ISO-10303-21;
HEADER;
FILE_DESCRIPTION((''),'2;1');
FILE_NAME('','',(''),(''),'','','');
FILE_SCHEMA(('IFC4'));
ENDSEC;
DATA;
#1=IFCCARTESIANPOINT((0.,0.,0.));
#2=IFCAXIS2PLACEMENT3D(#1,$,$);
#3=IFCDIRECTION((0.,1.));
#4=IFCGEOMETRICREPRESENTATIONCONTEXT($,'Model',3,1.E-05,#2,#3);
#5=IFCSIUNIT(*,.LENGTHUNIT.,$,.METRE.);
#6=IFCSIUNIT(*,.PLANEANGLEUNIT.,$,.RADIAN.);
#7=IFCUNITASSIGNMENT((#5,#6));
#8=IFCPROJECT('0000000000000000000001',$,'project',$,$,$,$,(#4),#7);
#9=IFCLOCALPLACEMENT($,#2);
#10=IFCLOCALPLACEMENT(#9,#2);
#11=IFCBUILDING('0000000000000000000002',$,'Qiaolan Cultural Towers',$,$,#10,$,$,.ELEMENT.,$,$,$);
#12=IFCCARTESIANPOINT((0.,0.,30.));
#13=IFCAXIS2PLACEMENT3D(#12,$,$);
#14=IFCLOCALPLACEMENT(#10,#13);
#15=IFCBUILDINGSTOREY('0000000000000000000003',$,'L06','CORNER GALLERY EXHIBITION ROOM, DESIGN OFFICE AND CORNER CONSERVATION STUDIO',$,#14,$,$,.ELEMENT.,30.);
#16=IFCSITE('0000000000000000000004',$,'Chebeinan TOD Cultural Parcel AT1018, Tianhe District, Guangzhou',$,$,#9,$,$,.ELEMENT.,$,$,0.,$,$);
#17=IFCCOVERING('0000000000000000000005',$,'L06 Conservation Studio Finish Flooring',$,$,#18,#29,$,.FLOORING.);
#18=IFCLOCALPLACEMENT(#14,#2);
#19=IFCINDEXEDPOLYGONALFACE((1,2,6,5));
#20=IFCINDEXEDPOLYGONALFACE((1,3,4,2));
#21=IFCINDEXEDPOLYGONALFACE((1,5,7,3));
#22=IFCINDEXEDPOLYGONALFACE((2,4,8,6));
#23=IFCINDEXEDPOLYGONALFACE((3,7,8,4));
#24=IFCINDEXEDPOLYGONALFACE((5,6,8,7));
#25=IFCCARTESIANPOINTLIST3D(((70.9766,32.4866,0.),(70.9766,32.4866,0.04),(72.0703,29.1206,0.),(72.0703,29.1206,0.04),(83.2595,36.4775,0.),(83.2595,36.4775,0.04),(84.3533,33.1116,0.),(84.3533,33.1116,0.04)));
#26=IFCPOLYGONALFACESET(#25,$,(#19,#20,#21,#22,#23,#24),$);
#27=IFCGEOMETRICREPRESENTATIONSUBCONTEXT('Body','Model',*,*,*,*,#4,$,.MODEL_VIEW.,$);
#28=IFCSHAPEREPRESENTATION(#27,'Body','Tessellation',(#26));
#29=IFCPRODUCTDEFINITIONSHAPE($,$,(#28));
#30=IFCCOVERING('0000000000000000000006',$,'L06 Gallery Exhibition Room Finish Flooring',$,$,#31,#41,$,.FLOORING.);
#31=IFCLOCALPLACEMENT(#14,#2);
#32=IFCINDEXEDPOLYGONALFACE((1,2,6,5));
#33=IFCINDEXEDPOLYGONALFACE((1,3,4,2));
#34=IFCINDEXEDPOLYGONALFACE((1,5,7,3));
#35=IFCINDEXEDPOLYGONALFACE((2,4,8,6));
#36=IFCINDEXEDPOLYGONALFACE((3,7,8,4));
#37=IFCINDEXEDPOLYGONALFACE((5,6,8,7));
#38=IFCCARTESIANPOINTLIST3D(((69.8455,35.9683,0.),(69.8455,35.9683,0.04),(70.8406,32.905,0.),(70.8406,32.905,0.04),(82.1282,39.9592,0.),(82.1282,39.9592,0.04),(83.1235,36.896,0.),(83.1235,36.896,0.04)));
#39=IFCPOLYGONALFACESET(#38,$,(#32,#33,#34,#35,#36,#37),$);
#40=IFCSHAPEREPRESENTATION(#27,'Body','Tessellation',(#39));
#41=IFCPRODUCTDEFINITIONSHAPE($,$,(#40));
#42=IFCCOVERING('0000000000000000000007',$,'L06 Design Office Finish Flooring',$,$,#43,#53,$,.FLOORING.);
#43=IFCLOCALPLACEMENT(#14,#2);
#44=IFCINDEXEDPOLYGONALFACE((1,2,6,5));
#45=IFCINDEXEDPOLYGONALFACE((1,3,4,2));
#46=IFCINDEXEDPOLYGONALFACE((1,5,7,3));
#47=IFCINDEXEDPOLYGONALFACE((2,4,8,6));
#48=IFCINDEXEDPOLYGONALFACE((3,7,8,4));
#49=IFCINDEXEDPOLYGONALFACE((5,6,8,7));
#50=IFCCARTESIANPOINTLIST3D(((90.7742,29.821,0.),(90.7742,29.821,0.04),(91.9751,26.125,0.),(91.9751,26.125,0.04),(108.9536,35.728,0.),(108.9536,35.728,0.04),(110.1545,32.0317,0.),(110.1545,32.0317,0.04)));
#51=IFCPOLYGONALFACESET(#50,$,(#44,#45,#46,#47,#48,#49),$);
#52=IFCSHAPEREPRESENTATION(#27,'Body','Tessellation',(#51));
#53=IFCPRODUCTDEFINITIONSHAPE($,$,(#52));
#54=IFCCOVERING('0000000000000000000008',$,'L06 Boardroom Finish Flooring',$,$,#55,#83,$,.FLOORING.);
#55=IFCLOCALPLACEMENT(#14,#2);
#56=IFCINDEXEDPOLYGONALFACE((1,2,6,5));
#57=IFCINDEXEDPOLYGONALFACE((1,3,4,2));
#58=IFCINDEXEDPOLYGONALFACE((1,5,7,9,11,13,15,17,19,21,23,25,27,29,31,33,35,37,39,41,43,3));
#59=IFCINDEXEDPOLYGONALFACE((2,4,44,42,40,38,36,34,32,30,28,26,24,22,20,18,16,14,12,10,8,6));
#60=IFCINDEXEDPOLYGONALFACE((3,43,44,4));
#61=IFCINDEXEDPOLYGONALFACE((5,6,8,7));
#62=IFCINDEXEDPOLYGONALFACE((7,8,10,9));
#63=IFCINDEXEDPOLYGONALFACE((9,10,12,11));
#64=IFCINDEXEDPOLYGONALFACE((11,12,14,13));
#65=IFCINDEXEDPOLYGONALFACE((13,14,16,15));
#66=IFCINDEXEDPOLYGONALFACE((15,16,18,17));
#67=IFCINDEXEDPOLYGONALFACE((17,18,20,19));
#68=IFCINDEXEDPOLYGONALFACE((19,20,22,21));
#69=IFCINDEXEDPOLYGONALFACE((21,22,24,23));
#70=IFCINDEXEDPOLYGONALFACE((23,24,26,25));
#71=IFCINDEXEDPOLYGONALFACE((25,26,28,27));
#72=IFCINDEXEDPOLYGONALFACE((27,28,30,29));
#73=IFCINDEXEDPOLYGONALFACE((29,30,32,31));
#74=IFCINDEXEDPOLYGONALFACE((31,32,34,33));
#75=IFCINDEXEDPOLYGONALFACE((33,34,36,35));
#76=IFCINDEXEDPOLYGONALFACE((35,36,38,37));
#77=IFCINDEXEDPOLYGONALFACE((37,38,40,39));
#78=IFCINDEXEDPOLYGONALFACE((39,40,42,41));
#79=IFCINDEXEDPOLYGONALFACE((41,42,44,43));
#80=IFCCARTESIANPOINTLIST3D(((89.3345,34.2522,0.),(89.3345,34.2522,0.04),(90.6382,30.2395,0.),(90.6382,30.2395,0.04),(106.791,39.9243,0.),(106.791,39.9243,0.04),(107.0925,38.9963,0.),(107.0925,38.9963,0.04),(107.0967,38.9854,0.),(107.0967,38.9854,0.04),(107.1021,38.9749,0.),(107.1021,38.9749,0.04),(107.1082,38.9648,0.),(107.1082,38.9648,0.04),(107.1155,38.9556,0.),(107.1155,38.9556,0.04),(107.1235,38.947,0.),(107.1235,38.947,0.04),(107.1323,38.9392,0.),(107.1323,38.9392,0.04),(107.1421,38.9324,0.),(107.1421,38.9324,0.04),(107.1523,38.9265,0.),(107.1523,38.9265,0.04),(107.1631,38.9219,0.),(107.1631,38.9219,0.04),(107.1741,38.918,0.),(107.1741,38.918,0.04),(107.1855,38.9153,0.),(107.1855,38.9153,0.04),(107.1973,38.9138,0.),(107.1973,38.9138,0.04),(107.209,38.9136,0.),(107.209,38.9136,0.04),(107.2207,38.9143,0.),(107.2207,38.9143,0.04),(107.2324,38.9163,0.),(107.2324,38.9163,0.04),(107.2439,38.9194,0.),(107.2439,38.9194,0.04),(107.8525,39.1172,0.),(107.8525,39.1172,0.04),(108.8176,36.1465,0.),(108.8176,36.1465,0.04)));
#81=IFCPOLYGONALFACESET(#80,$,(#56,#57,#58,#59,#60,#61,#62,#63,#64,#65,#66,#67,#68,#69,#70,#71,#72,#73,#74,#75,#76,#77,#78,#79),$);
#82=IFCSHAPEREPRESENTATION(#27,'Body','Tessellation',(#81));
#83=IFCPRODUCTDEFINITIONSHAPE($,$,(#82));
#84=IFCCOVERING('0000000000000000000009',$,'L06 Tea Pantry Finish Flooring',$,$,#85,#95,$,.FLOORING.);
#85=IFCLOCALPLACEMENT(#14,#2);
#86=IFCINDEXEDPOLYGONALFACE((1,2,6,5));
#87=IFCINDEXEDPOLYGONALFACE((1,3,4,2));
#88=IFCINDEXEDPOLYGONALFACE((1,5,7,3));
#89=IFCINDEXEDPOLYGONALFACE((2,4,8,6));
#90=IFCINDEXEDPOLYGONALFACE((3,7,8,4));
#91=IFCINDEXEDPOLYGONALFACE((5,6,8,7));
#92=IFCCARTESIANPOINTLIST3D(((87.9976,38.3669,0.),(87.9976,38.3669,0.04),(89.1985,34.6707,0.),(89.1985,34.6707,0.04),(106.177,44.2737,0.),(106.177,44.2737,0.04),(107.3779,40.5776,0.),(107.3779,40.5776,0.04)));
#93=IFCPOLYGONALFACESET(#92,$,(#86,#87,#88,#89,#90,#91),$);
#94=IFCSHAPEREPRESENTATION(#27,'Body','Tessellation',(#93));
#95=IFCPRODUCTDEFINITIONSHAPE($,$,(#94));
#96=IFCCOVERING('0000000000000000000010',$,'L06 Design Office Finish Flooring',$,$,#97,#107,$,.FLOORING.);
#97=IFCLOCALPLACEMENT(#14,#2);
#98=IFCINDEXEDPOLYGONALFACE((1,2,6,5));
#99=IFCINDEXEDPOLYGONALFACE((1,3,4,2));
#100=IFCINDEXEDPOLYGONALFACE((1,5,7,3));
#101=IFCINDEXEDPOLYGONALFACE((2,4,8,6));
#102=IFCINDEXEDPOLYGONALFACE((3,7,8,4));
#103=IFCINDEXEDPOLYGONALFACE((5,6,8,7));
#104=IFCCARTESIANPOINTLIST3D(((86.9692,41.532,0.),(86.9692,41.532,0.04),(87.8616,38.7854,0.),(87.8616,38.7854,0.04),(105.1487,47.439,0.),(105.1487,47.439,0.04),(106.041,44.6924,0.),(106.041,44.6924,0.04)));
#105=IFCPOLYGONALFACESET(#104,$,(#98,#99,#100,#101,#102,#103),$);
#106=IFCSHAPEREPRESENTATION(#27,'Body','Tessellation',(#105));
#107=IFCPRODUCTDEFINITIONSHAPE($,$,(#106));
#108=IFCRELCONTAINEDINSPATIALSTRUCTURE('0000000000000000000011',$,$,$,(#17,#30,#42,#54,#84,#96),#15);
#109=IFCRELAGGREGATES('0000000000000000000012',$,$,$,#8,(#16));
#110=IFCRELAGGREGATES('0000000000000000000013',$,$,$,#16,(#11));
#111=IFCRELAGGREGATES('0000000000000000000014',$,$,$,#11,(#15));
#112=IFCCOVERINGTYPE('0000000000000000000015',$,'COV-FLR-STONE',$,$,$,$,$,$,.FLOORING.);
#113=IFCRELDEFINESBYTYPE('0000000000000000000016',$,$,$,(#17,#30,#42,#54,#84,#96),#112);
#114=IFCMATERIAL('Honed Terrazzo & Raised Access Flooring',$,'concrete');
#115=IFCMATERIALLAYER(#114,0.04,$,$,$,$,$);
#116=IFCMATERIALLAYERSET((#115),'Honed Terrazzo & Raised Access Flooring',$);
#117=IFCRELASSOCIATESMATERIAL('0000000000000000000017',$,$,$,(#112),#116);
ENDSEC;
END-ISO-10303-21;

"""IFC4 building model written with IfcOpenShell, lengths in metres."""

from ifc_helpers import new_model, si_unit, direction, frame, origin, place, context, subcontext, project, spatial, polyline, outline, extrude, material, layer, layer_set, type_object, element, save


model = new_model("IFC4")

# Units and contexts
model_context = context("Model", 3, precision=1e-05, world=origin(), true_north=direction((0.0, 1.0)))
body_context = subcontext(model_context, "Body", "Model", "MODEL_VIEW")
ifc_project = project(units=[si_unit("LENGTHUNIT", "METRE"), si_unit("PLANEANGLEUNIT", "RADIAN")], contexts=[model_context])

# Site, building, storey
site_placement = place(None, origin())
site = spatial("IfcSite", under=ifc_project, at=site_placement, Name="Chebeinan TOD Cultural Parcel AT1018, Tianhe District, Guangzhou", CompositionType="ELEMENT", RefElevation=0.0)
building_placement = place(site_placement, origin())
building = spatial("IfcBuilding", under=site, at=building_placement, Name="Qiaolan Cultural Towers", CompositionType="ELEMENT")
storey_placement = place(building_placement, frame((0.0, 0.0, 30.0)))
storey = spatial("IfcBuildingStorey", under=building, at=storey_placement, Name="L06", Description="CORNER GALLERY EXHIBITION ROOM, DESIGN OFFICE AND CORNER CONSERVATION STUDIO", CompositionType="ELEMENT", Elevation=30.0)

# Coverings
ifc_material_1 = material(Name="Honed Terrazzo & Raised Access Flooring", Category="concrete")
ifc_layer_1 = layer(ifc_material_1, 0.04)
ifc_layer_set_1 = layer_set([ifc_layer_1], Name="Honed Terrazzo & Raised Access Flooring")
covering_type = type_object("IfcCoveringType", Name="COV-FLR-STONE", PredefinedType="FLOORING", material=ifc_layer_set_1)
covering_1_placement = place(storey_placement, origin())
element("IfcCovering", 1, at=covering_1_placement, inside=storey, type_object=covering_type, Name="L06 Conservation Studio Finish Flooring", PredefinedType="FLOORING", context=body_context, shape_type="SweptSolid", body=[
    extrude(outline(polyline([(84.3533, 33.1116), (83.2595, 36.4775), (70.9766, 32.4866), (72.0703, 29.1206), (84.3533, 33.1116)])), origin(), (0.0, 0.0, 1.0), 0.04),
])
covering_2_placement = place(storey_placement, origin())
element("IfcCovering", 2, at=covering_2_placement, inside=storey, type_object=covering_type, Name="L06 Gallery Exhibition Room Finish Flooring", PredefinedType="FLOORING", context=body_context, shape_type="SweptSolid", body=[
    extrude(outline(polyline([(83.1235, 36.896), (82.1282, 39.9592), (69.8455, 35.9683), (70.8406, 32.905), (83.1235, 36.896)])), origin(), (0.0, 0.0, 1.0), 0.04),
])
covering_3_placement = place(storey_placement, origin())
element("IfcCovering", 3, at=covering_3_placement, inside=storey, type_object=covering_type, Name="L06 Design Office Finish Flooring", PredefinedType="FLOORING", context=body_context, shape_type="SweptSolid", body=[
    extrude(outline(polyline([(110.1545, 32.0317), (108.9536, 35.728), (90.7742, 29.821), (91.9751, 26.125), (110.1545, 32.0317)])), origin(), (0.0, 0.0, 1.0), 0.04),
])
covering_4_placement = place(storey_placement, origin())
element("IfcCovering", 4, at=covering_4_placement, inside=storey, type_object=covering_type, Name="L06 Boardroom Finish Flooring", PredefinedType="FLOORING", context=body_context, shape_type="SweptSolid", body=[
    extrude(outline(polyline([(89.3345, 34.2522), (90.6382, 30.2395), (108.8176, 36.1465), (107.8525, 39.1172), (107.2439, 38.9194), (107.2324, 38.9163), (107.2207, 38.9143), (107.209, 38.9136), (107.1973, 38.9138), (107.1855, 38.9153), (107.1741, 38.918), (107.1631, 38.9219), (107.1523, 38.9265), (107.1421, 38.9324), (107.1323, 38.9392), (107.1235, 38.947), (107.1155, 38.9556), (107.1082, 38.9648), (107.1021, 38.9749), (107.0967, 38.9854), (107.0925, 38.9963), (106.791, 39.9243), (89.3345, 34.2522)])), origin(), (0.0, 0.0, 1.0), 0.04),
])
covering_5_placement = place(storey_placement, origin())
element("IfcCovering", 5, at=covering_5_placement, inside=storey, type_object=covering_type, Name="L06 Tea Pantry Finish Flooring", PredefinedType="FLOORING", context=body_context, shape_type="SweptSolid", body=[
    extrude(outline(polyline([(107.3779, 40.5776), (106.177, 44.2737), (87.9976, 38.3669), (89.1985, 34.6707), (107.3779, 40.5776)])), origin(), (0.0, 0.0, 1.0), 0.04),
])
covering_6_placement = place(storey_placement, origin())
element("IfcCovering", 6, at=covering_6_placement, inside=storey, type_object=covering_type, Name="L06 Design Office Finish Flooring", PredefinedType="FLOORING", context=body_context, shape_type="SweptSolid", body=[
    extrude(outline(polyline([(106.041, 44.6924), (105.1487, 47.439), (86.9692, 41.532), (87.8616, 38.7854), (106.041, 44.6924)])), origin(), (0.0, 0.0, 1.0), 0.04),
])

save(model, "model.ifc")
